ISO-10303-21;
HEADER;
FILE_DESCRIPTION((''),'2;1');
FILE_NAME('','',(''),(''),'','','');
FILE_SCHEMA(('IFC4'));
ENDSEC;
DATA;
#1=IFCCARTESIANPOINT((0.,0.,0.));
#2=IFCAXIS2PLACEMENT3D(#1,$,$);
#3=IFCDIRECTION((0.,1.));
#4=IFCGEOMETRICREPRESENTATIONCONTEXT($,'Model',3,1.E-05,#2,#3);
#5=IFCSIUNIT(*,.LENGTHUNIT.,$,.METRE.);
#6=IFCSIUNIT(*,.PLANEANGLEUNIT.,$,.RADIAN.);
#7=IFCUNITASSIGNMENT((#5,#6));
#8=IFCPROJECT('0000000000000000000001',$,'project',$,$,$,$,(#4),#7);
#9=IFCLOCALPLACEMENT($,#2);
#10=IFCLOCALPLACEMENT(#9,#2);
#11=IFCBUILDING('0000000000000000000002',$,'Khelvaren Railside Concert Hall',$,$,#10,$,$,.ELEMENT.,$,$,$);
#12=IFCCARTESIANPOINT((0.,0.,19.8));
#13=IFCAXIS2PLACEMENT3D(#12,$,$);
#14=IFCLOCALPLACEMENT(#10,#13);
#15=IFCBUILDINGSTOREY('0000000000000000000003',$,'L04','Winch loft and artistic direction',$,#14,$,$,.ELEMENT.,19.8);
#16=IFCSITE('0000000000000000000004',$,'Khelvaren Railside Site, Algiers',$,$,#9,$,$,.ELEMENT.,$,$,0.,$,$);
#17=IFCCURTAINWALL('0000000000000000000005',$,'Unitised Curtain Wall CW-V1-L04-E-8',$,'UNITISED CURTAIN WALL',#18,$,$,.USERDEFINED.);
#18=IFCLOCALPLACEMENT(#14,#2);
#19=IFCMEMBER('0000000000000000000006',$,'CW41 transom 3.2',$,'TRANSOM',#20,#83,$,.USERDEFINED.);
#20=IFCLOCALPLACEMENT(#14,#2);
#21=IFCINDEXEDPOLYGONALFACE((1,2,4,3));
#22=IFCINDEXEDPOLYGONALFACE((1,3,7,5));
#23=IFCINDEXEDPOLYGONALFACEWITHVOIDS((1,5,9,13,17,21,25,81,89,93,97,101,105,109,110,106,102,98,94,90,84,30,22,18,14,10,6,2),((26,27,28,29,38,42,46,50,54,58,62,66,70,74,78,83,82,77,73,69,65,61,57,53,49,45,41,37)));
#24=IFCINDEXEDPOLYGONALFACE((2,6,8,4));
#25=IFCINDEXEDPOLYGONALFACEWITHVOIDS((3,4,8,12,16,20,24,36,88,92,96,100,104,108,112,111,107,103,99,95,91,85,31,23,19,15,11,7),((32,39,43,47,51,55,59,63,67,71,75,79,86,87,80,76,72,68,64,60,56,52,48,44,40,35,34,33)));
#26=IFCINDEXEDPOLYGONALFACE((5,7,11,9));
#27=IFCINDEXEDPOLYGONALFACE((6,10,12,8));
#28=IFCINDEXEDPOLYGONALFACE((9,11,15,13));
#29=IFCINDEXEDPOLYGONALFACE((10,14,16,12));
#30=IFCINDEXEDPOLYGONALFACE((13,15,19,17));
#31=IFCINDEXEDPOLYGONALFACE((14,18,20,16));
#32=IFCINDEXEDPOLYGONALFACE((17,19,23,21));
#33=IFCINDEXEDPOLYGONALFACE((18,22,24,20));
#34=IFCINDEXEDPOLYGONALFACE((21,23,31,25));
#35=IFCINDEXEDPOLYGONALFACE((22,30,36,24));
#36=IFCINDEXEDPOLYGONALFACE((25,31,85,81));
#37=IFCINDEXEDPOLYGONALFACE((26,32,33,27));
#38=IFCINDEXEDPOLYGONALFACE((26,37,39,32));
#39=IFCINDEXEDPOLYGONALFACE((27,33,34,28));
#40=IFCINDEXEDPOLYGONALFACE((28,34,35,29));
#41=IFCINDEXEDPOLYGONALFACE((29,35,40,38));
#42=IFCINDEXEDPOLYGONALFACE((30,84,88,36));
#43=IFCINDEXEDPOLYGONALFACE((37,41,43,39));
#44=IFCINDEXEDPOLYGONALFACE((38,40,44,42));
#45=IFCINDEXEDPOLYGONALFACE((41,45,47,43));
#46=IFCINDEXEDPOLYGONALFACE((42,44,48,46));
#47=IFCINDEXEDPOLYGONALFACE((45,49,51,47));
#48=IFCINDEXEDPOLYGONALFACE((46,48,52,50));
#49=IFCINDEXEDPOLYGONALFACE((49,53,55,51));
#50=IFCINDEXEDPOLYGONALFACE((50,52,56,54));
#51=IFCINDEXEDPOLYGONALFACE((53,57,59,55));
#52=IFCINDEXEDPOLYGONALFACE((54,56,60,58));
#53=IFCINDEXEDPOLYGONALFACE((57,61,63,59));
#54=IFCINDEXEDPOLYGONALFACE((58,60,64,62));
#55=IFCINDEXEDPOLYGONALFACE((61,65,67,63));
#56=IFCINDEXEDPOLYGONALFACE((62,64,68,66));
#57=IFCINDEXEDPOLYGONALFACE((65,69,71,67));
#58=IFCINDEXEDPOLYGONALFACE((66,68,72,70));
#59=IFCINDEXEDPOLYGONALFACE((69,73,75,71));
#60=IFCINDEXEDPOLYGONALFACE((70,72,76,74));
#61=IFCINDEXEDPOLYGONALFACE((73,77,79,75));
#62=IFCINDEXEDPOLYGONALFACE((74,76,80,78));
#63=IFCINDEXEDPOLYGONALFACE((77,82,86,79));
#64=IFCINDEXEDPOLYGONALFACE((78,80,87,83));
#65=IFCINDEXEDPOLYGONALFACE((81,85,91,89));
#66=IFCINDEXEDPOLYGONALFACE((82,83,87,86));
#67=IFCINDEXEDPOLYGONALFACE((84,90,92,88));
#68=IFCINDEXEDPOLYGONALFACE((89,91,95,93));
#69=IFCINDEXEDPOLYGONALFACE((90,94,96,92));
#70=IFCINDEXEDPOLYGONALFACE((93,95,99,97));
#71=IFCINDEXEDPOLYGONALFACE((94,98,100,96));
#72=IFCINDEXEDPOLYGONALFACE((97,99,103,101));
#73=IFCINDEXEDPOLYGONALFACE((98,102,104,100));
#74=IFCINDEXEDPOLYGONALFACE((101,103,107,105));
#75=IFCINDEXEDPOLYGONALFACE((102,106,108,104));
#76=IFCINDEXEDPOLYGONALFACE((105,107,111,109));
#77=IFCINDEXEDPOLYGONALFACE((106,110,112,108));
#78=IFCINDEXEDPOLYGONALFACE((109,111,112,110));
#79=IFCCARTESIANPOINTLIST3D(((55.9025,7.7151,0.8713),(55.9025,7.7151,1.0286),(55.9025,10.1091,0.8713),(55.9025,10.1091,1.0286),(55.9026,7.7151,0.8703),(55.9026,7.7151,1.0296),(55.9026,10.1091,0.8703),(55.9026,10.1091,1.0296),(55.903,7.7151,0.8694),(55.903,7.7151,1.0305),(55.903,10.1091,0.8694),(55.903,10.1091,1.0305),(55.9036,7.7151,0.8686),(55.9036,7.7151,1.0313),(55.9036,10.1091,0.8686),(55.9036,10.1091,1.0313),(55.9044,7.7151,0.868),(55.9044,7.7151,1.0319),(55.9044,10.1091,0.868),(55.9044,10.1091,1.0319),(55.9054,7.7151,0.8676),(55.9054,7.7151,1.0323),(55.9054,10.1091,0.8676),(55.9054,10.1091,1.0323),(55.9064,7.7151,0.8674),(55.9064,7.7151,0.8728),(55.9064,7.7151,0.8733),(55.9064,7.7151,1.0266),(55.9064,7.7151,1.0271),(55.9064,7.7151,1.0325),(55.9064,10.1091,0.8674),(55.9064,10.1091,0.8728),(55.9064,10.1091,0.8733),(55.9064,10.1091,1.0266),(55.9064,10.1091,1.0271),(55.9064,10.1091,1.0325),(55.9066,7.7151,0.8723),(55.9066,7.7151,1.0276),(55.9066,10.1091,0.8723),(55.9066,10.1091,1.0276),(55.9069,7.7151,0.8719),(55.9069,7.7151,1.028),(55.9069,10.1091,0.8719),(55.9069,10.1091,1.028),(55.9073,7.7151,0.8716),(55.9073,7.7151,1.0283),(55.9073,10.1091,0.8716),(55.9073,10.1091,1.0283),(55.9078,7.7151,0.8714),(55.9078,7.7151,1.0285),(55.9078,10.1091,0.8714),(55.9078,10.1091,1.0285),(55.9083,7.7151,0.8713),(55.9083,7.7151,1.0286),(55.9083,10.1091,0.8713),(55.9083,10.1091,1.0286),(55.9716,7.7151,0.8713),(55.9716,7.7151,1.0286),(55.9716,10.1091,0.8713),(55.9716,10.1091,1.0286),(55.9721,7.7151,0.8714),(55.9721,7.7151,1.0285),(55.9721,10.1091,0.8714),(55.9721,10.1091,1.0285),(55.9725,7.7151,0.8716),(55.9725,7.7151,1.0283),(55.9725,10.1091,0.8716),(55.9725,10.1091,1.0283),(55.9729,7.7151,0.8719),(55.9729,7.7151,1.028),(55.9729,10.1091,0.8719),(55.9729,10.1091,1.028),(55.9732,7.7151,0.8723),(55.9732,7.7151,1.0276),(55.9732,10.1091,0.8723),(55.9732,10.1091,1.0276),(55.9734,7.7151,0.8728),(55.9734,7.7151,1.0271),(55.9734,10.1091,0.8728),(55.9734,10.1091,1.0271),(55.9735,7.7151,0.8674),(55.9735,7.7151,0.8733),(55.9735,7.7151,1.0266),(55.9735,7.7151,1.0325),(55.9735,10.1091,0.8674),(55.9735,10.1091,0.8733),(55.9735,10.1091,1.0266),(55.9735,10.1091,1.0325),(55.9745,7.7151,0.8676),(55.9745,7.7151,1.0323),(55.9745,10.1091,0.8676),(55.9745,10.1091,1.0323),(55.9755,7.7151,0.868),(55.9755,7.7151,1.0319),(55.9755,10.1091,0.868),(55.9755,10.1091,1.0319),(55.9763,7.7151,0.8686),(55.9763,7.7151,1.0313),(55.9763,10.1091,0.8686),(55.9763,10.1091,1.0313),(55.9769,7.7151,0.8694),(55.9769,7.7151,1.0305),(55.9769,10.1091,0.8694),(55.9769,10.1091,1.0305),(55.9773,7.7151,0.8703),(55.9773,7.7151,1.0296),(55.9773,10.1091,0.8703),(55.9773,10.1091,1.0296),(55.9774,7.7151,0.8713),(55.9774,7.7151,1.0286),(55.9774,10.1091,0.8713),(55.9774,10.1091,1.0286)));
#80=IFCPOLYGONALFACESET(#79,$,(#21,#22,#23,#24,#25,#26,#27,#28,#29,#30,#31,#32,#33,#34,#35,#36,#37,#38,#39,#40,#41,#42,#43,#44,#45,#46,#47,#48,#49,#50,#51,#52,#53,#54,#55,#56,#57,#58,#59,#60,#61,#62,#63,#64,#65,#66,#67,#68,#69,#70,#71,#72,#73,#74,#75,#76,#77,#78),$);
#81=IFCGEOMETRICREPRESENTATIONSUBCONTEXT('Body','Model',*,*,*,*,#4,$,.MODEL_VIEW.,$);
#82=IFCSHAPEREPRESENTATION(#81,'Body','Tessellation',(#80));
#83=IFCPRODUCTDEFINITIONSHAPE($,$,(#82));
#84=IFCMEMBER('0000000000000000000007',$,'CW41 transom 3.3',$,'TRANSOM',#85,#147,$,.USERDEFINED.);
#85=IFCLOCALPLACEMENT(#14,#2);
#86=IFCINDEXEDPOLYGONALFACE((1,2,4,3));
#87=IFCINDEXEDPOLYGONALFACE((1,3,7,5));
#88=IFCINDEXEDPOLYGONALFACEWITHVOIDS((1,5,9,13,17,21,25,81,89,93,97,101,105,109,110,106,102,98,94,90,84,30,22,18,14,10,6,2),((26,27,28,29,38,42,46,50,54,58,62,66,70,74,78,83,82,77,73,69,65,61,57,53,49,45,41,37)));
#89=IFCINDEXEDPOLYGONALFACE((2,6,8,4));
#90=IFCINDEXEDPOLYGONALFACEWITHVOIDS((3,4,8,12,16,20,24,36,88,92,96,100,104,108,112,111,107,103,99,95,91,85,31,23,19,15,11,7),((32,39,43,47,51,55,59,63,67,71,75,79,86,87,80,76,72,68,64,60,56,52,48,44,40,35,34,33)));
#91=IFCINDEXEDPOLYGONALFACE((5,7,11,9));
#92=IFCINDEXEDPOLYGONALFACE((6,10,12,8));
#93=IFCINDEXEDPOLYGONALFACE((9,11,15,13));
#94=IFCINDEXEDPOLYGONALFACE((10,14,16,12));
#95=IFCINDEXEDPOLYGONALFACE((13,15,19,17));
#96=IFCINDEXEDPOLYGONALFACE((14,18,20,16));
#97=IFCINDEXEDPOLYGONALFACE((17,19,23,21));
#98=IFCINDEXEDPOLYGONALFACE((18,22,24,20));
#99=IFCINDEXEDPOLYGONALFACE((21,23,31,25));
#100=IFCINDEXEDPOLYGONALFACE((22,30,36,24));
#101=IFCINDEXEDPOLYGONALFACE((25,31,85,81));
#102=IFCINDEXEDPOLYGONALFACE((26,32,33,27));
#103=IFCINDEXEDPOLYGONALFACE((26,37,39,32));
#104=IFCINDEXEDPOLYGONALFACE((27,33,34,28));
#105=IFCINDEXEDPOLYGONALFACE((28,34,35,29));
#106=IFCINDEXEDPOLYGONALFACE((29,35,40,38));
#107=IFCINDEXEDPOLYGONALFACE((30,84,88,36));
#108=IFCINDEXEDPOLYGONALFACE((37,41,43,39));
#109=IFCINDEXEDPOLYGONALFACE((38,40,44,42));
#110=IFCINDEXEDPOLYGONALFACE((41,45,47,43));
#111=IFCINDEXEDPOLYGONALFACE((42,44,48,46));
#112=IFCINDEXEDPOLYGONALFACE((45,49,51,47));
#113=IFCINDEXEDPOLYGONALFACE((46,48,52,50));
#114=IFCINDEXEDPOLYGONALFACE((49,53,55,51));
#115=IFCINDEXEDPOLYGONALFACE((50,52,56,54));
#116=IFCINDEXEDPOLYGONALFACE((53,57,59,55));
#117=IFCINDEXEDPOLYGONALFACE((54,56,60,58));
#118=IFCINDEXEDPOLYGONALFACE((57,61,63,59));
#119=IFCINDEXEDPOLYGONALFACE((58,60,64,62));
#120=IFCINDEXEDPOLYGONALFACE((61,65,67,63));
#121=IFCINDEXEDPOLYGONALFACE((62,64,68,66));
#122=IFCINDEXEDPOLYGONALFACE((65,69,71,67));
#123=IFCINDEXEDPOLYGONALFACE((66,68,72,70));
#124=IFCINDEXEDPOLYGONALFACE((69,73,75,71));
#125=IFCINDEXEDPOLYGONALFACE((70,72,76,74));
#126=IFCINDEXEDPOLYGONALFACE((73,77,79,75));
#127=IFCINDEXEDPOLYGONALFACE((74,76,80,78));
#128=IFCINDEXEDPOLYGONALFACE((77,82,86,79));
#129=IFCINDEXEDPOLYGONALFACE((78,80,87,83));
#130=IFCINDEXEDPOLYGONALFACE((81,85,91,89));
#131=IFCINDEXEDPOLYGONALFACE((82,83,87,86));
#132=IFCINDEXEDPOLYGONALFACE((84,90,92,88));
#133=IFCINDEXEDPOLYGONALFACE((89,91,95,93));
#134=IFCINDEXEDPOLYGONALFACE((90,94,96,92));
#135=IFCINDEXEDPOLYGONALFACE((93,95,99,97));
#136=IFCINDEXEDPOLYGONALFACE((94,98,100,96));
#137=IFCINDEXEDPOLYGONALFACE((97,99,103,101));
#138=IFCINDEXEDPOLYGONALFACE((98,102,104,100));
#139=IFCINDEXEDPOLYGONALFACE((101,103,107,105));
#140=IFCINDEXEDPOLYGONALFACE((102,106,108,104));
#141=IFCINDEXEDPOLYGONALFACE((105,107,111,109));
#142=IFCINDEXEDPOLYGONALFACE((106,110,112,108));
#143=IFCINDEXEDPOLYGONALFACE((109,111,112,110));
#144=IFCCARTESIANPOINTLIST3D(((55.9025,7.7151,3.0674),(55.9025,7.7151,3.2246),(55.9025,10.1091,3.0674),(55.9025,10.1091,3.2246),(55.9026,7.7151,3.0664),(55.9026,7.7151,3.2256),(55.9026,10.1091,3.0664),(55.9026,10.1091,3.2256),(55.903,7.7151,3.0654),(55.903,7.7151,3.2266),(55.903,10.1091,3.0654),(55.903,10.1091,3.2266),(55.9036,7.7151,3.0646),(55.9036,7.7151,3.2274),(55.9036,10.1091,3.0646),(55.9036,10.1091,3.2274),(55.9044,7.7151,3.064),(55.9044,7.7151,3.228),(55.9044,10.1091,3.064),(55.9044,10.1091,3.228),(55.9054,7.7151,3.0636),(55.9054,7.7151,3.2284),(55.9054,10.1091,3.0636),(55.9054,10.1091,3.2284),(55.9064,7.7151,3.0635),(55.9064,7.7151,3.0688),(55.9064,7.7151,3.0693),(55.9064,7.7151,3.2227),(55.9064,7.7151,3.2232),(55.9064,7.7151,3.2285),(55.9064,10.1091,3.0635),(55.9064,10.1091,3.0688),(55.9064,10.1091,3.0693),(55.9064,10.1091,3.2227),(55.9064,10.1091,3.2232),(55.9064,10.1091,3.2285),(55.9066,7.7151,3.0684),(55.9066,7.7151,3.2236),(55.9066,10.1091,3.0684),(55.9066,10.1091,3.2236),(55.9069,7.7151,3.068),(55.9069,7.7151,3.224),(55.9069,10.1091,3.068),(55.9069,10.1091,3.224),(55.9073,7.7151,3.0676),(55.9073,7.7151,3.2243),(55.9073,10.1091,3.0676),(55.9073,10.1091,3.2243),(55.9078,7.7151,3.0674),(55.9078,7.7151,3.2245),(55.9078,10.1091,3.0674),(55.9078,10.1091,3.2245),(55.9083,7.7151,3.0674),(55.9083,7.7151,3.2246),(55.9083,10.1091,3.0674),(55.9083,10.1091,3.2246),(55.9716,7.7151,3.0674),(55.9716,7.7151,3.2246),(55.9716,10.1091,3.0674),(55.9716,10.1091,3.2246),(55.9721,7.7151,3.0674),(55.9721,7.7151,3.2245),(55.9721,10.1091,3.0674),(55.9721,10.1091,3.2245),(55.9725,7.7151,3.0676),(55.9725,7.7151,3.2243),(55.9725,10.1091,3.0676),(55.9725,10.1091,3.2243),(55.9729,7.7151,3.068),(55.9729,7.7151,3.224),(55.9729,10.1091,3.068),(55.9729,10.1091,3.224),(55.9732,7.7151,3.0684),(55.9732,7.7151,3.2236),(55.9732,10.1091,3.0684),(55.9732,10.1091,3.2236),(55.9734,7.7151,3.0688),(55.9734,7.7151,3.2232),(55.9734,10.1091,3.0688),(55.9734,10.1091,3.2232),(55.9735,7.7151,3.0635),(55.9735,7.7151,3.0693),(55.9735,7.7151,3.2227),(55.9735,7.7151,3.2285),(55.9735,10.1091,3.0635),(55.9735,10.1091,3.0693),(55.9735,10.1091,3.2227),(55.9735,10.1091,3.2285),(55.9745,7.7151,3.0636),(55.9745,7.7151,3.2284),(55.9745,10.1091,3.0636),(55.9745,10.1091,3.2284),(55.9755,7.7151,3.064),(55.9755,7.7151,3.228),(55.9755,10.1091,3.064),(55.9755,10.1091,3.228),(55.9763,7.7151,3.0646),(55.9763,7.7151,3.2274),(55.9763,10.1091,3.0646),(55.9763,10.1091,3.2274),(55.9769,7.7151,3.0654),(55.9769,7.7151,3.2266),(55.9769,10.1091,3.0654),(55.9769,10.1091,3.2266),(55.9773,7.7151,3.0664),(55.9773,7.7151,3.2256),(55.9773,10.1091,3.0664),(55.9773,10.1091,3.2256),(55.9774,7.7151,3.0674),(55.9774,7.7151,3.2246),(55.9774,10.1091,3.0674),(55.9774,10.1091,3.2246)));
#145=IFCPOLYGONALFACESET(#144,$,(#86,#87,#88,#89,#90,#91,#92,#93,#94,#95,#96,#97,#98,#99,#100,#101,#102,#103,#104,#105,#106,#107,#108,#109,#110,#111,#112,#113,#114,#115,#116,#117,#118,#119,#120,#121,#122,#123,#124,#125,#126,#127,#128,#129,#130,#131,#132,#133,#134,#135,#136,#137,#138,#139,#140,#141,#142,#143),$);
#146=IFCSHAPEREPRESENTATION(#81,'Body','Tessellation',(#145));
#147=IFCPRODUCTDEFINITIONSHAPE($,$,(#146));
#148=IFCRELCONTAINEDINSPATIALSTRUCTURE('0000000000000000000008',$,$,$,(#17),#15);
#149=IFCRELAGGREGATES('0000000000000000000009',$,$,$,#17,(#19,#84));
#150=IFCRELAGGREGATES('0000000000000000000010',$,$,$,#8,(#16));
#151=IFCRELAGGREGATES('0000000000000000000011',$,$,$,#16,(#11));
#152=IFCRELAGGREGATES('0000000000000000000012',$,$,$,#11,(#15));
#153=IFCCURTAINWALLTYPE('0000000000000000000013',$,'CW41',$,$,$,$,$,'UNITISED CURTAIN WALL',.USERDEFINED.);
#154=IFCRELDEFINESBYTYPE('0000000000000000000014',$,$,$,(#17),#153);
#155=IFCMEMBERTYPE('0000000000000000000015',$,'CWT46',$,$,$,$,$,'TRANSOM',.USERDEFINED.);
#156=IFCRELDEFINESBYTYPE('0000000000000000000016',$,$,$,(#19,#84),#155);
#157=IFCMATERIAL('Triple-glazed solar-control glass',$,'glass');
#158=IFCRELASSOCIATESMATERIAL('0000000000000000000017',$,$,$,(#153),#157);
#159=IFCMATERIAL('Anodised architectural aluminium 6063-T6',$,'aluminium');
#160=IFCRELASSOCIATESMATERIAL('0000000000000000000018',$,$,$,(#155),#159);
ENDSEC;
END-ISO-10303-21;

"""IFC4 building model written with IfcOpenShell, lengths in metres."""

from ifc_helpers import new_model, si_unit, direction, frame, origin, origin_2d, place, context, subcontext, project, spatial, hollow_rectangle, extrude, material, material_profile, profile_set, type_object, element, aggregate, save


model = new_model("IFC4")

# Units and contexts
model_context = context("Model", 3, precision=1e-05, world=origin(), true_north=direction((0.0, 1.0)))
body_context = subcontext(model_context, "Body", "Model", "MODEL_VIEW")
ifc_project = project(units=[si_unit("LENGTHUNIT", "METRE"), si_unit("PLANEANGLEUNIT", "RADIAN")], contexts=[model_context])

# Site, building, storey
site_placement = place(None, origin())
site = spatial("IfcSite", under=ifc_project, at=site_placement, Name="Khelvaren Railside Site, Algiers", CompositionType="ELEMENT", RefElevation=0.0)
building_placement = place(site_placement, origin())
building = spatial("IfcBuilding", under=site, at=building_placement, Name="Khelvaren Railside Concert Hall", CompositionType="ELEMENT")
storey_placement = place(building_placement, frame((0.0, 0.0, 19.8)))
storey = spatial("IfcBuildingStorey", under=building, at=storey_placement, Name="L04", Description="Winch loft and artistic direction", CompositionType="ELEMENT", Elevation=19.8)

# Curtain wall, members
ifc_material_1 = material(Name="Triple-glazed solar-control glass", Category="glass")
curtain_wall_type = type_object("IfcCurtainWallType", Name="CW41", ElementType="UNITISED CURTAIN WALL", PredefinedType="USERDEFINED", material=ifc_material_1)
curtain_wall_placement = place(storey_placement, origin())
curtain_wall = element("IfcCurtainWall", 1, at=curtain_wall_placement, inside=storey, type_object=curtain_wall_type, Name="Unitised Curtain Wall CW-V1-L04-E-8", ObjectType="UNITISED CURTAIN WALL", PredefinedType="USERDEFINED")
ifc_material_2 = material(Name="Anodised architectural aluminium 6063-T6", Category="aluminium")
ifc_material_profile_1 = material_profile(ifc_material_2, hollow_rectangle(XDim=0.075, YDim=0.165, WallThickness=0.0039, InnerFilletRadius=0.002, OuterFilletRadius=0.0039, at=origin_2d()), Name="CWT 75x165x4")
ifc_profile_set_1 = profile_set([ifc_material_profile_1], Name="Anodised architectural aluminium 6063-T6")
member_type_1 = type_object("IfcMemberType", Name="CWT46", ElementType="TRANSOM", PredefinedType="USERDEFINED", material=ifc_profile_set_1)
member_1_placement = place(storey_placement, frame((55.9399, 10.1091, 0.95), z_axis=(0.0, -1.0, 0.0), x_axis=(1.0, 0.0, 0.0)))
member_1 = element("IfcMember", 2, at=member_1_placement, type_object=member_type_1, Name="CW41 transom 3.2", ObjectType="TRANSOM", PredefinedType="USERDEFINED", context=body_context, shape_type="SweptSolid", body=[
    extrude(hollow_rectangle(XDim=0.075, YDim=0.165, WallThickness=0.0039, InnerFilletRadius=0.002, OuterFilletRadius=0.0039, at=origin_2d()), origin(), (0.0, 0.0, 1.0), 2.394),
])
member_2_placement = place(storey_placement, frame((55.9399, 10.1091, 3.146), z_axis=(0.0, -1.0, 0.0), x_axis=(1.0, 0.0, 0.0)))
member_2 = element("IfcMember", 3, at=member_2_placement, type_object=member_type_1, Name="CW41 transom 3.3", ObjectType="TRANSOM", PredefinedType="USERDEFINED", context=body_context, shape_type="SweptSolid", body=[
    extrude(hollow_rectangle(XDim=0.075, YDim=0.165, WallThickness=0.0039, InnerFilletRadius=0.002, OuterFilletRadius=0.0039, at=origin_2d()), origin(), (0.0, 0.0, 1.0), 2.394),
])

aggregate(curtain_wall, [member_1, member_2])

save(model, "model.ifc")
